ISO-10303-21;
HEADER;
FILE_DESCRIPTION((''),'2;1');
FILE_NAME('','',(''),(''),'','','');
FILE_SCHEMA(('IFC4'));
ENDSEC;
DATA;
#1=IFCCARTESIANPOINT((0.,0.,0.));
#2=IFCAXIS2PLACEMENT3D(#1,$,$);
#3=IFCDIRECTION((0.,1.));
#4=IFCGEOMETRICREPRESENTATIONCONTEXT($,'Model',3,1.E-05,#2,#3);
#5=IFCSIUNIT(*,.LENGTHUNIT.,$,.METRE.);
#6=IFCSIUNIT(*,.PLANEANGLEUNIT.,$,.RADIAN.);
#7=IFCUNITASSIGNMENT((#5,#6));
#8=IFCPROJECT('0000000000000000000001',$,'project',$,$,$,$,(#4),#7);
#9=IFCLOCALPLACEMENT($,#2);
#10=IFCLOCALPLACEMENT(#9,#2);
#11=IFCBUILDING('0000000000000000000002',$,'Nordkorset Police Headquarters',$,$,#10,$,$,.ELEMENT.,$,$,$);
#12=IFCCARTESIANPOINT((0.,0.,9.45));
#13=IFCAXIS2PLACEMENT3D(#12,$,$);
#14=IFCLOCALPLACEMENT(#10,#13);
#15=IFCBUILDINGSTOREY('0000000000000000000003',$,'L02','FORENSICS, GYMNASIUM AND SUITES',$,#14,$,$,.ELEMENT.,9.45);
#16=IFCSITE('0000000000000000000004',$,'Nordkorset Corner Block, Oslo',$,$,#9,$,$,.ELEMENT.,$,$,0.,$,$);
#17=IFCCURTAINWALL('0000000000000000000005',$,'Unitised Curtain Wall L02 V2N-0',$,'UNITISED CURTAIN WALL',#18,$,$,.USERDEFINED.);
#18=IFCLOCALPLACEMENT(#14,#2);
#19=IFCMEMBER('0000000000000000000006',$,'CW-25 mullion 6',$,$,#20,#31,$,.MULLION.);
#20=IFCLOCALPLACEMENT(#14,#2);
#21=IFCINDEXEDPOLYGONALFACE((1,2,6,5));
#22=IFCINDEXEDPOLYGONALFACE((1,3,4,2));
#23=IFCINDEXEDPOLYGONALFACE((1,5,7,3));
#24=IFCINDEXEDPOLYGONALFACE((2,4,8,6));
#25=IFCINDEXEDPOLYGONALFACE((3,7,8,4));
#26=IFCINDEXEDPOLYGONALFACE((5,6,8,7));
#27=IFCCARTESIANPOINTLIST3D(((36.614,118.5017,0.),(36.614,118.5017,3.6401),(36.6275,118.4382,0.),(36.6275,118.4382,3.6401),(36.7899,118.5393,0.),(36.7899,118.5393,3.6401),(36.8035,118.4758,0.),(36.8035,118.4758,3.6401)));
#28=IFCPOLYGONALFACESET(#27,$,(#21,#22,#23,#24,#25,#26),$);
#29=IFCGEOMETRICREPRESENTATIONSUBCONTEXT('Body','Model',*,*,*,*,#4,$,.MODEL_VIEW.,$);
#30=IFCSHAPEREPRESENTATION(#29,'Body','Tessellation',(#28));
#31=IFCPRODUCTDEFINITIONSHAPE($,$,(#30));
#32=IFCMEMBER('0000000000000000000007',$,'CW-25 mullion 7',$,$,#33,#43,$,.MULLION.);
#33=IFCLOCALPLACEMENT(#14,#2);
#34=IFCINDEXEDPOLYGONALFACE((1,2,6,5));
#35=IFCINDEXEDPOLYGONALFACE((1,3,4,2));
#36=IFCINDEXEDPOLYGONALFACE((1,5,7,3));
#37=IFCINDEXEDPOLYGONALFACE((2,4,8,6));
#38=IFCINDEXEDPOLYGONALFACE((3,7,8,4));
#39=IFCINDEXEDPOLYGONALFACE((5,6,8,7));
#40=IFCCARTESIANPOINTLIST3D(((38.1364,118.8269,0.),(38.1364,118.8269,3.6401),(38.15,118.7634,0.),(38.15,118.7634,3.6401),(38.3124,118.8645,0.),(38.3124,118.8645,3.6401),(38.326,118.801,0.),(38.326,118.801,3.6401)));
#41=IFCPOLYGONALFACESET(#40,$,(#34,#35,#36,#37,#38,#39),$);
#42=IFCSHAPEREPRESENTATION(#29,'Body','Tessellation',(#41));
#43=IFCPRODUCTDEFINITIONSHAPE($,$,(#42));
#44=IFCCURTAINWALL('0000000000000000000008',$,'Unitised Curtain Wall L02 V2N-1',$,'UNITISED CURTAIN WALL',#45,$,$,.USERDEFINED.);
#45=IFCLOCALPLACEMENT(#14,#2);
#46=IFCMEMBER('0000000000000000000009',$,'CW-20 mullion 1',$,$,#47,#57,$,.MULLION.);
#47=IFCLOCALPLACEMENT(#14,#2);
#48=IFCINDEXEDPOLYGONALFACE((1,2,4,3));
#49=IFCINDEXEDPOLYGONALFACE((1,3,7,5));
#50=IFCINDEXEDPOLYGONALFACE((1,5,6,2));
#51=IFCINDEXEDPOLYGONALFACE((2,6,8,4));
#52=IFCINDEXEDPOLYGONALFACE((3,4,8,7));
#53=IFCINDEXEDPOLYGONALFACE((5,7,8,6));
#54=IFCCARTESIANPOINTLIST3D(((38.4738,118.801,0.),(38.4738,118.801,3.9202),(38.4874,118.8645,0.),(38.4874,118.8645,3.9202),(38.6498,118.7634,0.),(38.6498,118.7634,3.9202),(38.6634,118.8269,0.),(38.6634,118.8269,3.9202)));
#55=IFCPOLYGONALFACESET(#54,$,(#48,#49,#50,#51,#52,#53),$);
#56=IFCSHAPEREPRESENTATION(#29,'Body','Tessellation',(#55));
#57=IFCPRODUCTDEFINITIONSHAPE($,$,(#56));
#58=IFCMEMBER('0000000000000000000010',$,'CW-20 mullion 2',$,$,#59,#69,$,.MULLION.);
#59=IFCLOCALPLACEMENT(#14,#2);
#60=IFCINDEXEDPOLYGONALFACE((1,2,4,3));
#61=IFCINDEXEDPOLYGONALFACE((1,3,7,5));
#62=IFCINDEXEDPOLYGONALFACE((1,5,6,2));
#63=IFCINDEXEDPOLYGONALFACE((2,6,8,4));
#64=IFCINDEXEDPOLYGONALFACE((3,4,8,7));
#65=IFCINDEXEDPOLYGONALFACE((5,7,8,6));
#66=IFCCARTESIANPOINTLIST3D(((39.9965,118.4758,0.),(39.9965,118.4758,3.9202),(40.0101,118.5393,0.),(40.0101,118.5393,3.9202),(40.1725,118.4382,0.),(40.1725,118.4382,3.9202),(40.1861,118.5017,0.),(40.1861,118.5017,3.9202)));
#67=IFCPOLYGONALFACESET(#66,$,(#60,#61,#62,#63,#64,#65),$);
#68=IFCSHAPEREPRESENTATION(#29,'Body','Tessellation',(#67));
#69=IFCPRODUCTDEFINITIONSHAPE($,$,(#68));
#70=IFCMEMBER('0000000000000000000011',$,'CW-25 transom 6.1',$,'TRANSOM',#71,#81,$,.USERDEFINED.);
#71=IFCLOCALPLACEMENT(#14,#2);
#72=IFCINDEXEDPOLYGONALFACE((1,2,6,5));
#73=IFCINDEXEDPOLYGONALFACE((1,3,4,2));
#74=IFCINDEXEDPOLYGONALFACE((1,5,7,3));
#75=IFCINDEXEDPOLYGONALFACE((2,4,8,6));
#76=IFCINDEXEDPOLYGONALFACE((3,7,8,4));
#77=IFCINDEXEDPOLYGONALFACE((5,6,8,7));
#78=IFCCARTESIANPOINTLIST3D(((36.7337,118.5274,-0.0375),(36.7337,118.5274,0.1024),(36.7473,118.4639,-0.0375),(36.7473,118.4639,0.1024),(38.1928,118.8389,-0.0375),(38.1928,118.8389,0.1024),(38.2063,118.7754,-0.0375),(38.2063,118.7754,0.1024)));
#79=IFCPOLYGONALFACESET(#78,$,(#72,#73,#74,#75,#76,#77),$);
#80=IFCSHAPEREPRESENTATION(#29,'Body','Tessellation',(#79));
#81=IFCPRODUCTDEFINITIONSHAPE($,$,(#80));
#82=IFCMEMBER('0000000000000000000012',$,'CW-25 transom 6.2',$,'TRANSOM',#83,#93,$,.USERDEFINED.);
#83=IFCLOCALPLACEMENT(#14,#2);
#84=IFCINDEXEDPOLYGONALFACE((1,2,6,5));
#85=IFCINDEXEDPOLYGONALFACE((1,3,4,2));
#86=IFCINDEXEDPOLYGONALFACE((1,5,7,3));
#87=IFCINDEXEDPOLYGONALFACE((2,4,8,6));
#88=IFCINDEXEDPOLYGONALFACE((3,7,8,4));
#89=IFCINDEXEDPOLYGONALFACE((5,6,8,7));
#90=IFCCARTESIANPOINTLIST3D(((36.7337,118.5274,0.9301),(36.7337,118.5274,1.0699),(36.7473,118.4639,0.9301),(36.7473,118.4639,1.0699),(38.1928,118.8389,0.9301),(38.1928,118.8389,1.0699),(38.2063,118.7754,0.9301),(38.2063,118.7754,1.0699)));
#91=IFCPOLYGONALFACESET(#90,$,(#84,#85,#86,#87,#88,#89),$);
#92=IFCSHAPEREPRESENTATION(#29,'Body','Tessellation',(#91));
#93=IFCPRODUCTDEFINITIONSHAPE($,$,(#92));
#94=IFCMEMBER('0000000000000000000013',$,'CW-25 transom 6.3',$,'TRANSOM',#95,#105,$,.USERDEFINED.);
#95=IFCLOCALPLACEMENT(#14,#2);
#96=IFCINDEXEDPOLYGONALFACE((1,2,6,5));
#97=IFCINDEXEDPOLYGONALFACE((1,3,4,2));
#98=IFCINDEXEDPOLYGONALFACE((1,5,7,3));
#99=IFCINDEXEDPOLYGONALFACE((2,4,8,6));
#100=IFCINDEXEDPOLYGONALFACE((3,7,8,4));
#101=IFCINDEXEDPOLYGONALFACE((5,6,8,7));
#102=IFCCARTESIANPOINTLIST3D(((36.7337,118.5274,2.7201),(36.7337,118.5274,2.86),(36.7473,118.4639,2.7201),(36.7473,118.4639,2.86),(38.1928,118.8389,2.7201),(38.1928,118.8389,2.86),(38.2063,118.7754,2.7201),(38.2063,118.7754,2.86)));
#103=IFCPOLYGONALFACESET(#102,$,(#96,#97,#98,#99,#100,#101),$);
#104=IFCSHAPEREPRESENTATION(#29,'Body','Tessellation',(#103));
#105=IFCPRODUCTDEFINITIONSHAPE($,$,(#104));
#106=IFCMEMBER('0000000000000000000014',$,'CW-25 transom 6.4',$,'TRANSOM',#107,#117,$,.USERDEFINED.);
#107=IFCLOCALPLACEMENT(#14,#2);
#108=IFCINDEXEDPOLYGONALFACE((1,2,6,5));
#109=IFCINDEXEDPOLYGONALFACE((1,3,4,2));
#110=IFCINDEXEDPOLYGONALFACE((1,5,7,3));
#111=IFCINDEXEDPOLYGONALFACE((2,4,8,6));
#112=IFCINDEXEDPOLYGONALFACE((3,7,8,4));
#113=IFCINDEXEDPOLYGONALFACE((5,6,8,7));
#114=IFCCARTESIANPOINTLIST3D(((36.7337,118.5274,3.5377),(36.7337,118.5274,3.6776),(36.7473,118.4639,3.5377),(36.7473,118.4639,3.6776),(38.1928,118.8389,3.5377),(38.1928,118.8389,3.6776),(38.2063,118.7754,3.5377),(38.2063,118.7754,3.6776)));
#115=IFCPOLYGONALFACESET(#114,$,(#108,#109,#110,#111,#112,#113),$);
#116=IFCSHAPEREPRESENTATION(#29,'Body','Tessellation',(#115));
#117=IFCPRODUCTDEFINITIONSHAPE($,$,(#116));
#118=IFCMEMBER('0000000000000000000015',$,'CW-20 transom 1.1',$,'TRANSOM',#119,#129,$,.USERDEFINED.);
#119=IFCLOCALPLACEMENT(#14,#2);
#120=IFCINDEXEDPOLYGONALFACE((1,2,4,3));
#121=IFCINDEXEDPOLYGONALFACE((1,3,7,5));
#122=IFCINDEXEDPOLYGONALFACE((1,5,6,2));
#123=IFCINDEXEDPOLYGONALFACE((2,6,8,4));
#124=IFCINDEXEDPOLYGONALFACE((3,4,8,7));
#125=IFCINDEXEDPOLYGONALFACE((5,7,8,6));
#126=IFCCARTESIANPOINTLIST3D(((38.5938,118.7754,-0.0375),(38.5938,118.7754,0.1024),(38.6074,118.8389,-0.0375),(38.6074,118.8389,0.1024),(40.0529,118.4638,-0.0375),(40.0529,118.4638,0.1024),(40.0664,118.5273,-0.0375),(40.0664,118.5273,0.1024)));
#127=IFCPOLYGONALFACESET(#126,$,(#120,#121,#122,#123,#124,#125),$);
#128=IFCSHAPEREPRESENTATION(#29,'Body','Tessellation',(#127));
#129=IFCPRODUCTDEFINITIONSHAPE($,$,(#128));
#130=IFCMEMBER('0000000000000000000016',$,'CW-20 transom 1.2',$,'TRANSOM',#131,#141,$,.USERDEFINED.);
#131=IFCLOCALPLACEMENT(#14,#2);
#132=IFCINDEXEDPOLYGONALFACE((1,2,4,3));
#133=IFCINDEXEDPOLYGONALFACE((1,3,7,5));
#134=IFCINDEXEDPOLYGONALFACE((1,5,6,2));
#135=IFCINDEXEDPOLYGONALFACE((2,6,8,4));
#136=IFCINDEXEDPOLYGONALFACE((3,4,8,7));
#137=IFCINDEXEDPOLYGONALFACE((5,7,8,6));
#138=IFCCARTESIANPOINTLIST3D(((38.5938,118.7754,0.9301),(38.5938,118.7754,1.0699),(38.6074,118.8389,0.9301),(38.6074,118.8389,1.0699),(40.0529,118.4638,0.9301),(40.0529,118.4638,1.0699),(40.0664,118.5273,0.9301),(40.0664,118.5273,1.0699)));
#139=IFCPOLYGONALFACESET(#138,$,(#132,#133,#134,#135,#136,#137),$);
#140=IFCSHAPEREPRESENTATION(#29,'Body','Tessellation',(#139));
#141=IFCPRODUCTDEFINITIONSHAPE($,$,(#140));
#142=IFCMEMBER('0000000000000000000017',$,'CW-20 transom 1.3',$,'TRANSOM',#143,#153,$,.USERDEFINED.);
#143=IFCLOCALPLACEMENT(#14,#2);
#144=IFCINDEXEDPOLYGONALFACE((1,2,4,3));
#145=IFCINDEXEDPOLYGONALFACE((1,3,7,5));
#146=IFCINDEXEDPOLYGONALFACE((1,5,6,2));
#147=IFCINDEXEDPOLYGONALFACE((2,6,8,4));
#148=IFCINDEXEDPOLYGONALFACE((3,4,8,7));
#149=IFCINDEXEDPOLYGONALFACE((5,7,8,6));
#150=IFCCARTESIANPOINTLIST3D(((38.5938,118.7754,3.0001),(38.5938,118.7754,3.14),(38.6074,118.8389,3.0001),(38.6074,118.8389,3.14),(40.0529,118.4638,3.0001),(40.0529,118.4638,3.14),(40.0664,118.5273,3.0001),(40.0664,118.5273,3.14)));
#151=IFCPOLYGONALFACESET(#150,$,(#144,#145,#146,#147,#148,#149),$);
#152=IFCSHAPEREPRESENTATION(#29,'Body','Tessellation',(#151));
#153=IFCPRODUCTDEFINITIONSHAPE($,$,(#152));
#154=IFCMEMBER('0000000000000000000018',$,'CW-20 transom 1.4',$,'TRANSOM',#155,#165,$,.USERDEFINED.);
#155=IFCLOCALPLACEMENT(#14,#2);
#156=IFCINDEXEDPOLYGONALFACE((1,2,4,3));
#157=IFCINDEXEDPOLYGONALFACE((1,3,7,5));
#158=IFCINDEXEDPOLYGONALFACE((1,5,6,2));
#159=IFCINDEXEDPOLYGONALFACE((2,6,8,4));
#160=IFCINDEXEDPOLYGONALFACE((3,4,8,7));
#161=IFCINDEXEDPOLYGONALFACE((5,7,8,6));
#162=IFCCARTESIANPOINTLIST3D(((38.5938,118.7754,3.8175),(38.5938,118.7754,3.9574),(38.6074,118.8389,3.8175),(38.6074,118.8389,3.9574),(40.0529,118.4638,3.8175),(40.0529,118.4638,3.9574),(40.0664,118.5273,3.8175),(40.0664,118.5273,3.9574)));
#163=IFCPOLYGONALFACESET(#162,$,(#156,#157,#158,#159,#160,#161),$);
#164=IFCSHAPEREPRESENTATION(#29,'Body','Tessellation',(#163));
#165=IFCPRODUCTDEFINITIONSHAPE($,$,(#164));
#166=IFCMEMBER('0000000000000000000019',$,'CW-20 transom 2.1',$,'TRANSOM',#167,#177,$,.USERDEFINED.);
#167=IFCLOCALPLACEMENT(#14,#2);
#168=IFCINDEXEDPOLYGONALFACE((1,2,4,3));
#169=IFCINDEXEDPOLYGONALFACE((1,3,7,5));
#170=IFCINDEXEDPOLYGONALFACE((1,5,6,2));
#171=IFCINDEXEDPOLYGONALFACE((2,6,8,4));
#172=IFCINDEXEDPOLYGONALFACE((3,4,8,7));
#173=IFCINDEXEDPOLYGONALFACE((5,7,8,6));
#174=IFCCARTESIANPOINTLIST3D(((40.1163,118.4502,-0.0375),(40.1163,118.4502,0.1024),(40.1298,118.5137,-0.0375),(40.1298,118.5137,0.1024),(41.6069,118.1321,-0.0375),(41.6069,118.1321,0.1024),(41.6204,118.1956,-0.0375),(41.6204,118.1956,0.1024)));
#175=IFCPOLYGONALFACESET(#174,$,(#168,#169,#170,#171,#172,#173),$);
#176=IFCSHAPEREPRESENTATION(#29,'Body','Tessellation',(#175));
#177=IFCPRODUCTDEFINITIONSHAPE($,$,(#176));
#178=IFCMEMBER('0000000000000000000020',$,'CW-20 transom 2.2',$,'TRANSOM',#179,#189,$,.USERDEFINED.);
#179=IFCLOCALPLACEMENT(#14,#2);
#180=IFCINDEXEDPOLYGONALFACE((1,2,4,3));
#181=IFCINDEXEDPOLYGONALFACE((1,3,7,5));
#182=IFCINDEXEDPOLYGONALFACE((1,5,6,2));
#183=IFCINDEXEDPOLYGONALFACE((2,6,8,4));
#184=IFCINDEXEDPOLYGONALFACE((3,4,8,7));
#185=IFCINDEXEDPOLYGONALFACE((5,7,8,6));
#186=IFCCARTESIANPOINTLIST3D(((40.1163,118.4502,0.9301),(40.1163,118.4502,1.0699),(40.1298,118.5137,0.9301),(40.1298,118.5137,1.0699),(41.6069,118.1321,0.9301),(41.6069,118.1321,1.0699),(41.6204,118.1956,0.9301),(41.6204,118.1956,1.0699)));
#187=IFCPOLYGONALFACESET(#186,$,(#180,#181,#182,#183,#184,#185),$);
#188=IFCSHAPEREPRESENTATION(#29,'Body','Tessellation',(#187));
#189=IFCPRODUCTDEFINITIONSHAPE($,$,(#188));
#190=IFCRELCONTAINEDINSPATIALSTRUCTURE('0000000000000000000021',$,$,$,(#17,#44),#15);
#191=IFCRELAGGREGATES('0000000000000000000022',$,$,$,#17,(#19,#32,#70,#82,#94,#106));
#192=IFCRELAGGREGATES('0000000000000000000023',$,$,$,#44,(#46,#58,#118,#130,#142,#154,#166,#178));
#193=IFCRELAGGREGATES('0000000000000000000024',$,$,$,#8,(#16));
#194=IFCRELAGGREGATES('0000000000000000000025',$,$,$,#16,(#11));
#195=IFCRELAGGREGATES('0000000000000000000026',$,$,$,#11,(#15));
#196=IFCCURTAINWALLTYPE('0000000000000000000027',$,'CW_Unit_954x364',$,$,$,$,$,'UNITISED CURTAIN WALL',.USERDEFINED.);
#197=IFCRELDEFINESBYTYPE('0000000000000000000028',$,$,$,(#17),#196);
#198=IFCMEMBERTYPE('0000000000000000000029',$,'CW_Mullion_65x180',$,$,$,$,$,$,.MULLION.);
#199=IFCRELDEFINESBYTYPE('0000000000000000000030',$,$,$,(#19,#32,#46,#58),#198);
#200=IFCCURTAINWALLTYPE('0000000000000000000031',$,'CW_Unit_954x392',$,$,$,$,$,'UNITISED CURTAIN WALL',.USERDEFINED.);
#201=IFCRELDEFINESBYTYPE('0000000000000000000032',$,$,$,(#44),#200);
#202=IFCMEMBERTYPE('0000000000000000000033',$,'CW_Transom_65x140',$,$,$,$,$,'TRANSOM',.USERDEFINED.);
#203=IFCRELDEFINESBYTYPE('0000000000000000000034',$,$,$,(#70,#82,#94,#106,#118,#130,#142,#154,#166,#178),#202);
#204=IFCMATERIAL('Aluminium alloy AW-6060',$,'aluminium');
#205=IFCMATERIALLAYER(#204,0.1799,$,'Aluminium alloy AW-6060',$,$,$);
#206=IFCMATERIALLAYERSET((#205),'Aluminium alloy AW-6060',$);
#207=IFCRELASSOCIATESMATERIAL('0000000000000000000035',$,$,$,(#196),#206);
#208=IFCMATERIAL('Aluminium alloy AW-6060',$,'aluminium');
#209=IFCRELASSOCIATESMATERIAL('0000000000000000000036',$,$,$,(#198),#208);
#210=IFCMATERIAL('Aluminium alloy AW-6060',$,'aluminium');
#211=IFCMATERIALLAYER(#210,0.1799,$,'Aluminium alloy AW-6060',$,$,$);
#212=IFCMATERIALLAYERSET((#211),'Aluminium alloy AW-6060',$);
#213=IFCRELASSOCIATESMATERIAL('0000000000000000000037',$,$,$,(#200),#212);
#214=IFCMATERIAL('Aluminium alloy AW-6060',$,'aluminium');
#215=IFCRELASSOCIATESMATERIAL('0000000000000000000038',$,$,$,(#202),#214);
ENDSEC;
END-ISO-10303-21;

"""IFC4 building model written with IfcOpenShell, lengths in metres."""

from ifc_helpers import new_model, si_unit, direction, frame, origin, origin_2d, place, context, subcontext, project, spatial, rectangle, extrude, material, layer, layer_set, material_profile, profile_set, type_object, element, aggregate, save


model = new_model("IFC4")

# Units and contexts
model_context = context("Model", 3, precision=1e-05, world=origin(), true_north=direction((0.0, 1.0)))
body_context = subcontext(model_context, "Body", "Model", "MODEL_VIEW")
ifc_project = project(units=[si_unit("LENGTHUNIT", "METRE"), si_unit("PLANEANGLEUNIT", "RADIAN")], contexts=[model_context])

# Site, building, storey
site_placement = place(None, origin())
site = spatial("IfcSite", under=ifc_project, at=site_placement, Name="Nordkorset Corner Block, Oslo", CompositionType="ELEMENT", RefElevation=0.0)
building_placement = place(site_placement, origin())
building = spatial("IfcBuilding", under=site, at=building_placement, Name="Nordkorset Police Headquarters", CompositionType="ELEMENT")
storey_placement = place(building_placement, frame((0.0, 0.0, 9.45)))
storey = spatial("IfcBuildingStorey", under=building, at=storey_placement, Name="L02", Description="FORENSICS, GYMNASIUM AND SUITES", CompositionType="ELEMENT", Elevation=9.45)

# Curtain walls, members
ifc_material_1 = material(Name="Aluminium alloy AW-6060", Category="aluminium")
ifc_layer_1 = layer(ifc_material_1, 0.1799, Name="Aluminium alloy AW-6060")
ifc_layer_set_1 = layer_set([ifc_layer_1], Name="Aluminium alloy AW-6060")
curtain_wall_type_1 = type_object("IfcCurtainWallType", Name="CW_Unit_954x364", ElementType="UNITISED CURTAIN WALL", PredefinedType="USERDEFINED", material=ifc_layer_set_1)
curtain_wall_1_placement = place(storey_placement, origin())
curtain_wall_1 = element("IfcCurtainWall", 1, at=curtain_wall_1_placement, inside=storey, type_object=curtain_wall_type_1, Name="Unitised Curtain Wall L02 V2N-0", ObjectType="UNITISED CURTAIN WALL", PredefinedType="USERDEFINED")
ifc_material_2 = material(Name="Aluminium alloy AW-6060", Category="aluminium")
ifc_material_profile_1 = material_profile(ifc_material_2, rectangle(XDim=0.0649, YDim=0.1799, at=origin_2d()), Name="ALU MULL 65x180")
ifc_profile_set_1 = profile_set([ifc_material_profile_1], Name="Aluminium alloy AW-6060")
member_type_1 = type_object("IfcMemberType", Name="CW_Mullion_65x180", PredefinedType="MULLION", material=ifc_profile_set_1)
member_1_placement = place(storey_placement, frame((36.7087, 118.4888, 0.0), z_axis=(0.0, 0.0, 1.0), x_axis=(-0.208833, 0.977951, 0.0)))
member_1 = element("IfcMember", 2, at=member_1_placement, type_object=member_type_1, Name="CW-25 mullion 6", PredefinedType="MULLION", context=body_context, shape_type="SweptSolid", body=[
    extrude(rectangle(XDim=0.0649, YDim=0.1799, at=origin_2d()), origin(), (0.0, 0.0, 1.0), 3.6401),
])
member_2_placement = place(storey_placement, frame((38.2312, 118.814, 0.0), z_axis=(0.0, 0.0, 1.0), x_axis=(-0.208833, 0.977951, 0.0)))
member_2 = element("IfcMember", 3, at=member_2_placement, type_object=member_type_1, Name="CW-25 mullion 7", PredefinedType="MULLION", context=body_context, shape_type="SweptSolid", body=[
    extrude(rectangle(XDim=0.0649, YDim=0.1799, at=origin_2d()), origin(), (0.0, 0.0, 1.0), 3.6401),
])
ifc_material_3 = material(Name="Aluminium alloy AW-6060", Category="aluminium")
ifc_layer_2 = layer(ifc_material_3, 0.1799, Name="Aluminium alloy AW-6060")
ifc_layer_set_2 = layer_set([ifc_layer_2], Name="Aluminium alloy AW-6060")
curtain_wall_type_2 = type_object("IfcCurtainWallType", Name="CW_Unit_954x392", ElementType="UNITISED CURTAIN WALL", PredefinedType="USERDEFINED", material=ifc_layer_set_2)
curtain_wall_2_placement = place(storey_placement, origin())
curtain_wall_2 = element("IfcCurtainWall", 4, at=curtain_wall_2_placement, inside=storey, type_object=curtain_wall_type_2, Name="Unitised Curtain Wall L02 V2N-1", ObjectType="UNITISED CURTAIN WALL", PredefinedType="USERDEFINED")
member_3_placement = place(storey_placement, frame((38.5686, 118.814, 0.0), z_axis=(0.0, 0.0, 1.0), x_axis=(0.208833, 0.977951, 0.0)))
member_3 = element("IfcMember", 5, at=member_3_placement, type_object=member_type_1, Name="CW-20 mullion 1", PredefinedType="MULLION", context=body_context, shape_type="SweptSolid", body=[
    extrude(rectangle(XDim=0.0649, YDim=0.1799, at=origin_2d()), origin(), (0.0, 0.0, 1.0), 3.9202),
])
member_4_placement = place(storey_placement, frame((40.0913, 118.4888, 0.0), z_axis=(0.0, 0.0, 1.0), x_axis=(0.208833, 0.977951, 0.0)))
member_4 = element("IfcMember", 6, at=member_4_placement, type_object=member_type_1, Name="CW-20 mullion 2", PredefinedType="MULLION", context=body_context, shape_type="SweptSolid", body=[
    extrude(rectangle(XDim=0.0649, YDim=0.1799, at=origin_2d()), origin(), (0.0, 0.0, 1.0), 3.9202),
])

# Members
ifc_material_4 = material(Name="Aluminium alloy AW-6060", Category="aluminium")
ifc_material_profile_2 = material_profile(ifc_material_4, rectangle(XDim=0.0649, YDim=0.1399, at=origin_2d()), Name="ALU TRAN 65x140")
ifc_profile_set_2 = profile_set([ifc_material_profile_2], Name="Aluminium alloy AW-6060")
member_type_2 = type_object("IfcMemberType", Name="CW_Transom_65x140", ElementType="TRANSOM", PredefinedType="USERDEFINED", material=ifc_profile_set_2)
member_5_placement = place(storey_placement, frame((36.7405, 118.4956, 0.0325), z_axis=(0.977955, 0.208814, 0.0), x_axis=(-0.208814, 0.977955, 0.0)))
member_5 = element("IfcMember", 7, at=member_5_placement, type_object=member_type_2, Name="CW-25 transom 6.1", ObjectType="TRANSOM", PredefinedType="USERDEFINED", context=body_context, shape_type="SweptSolid", body=[
    extrude(rectangle(XDim=0.0649, YDim=0.1399, at=origin_2d()), origin(), (0.0, 0.0, 1.0), 1.4919),
])
member_6_placement = place(storey_placement, frame((36.7405, 118.4956, 1.0), z_axis=(0.977955, 0.208814, 0.0), x_axis=(-0.208814, 0.977955, 0.0)))
member_6 = element("IfcMember", 8, at=member_6_placement, type_object=member_type_2, Name="CW-25 transom 6.2", ObjectType="TRANSOM", PredefinedType="USERDEFINED", context=body_context, shape_type="SweptSolid", body=[
    extrude(rectangle(XDim=0.0649, YDim=0.1399, at=origin_2d()), origin(), (0.0, 0.0, 1.0), 1.4919),
])
member_7_placement = place(storey_placement, frame((36.7405, 118.4956, 2.79), z_axis=(0.977955, 0.208814, 0.0), x_axis=(-0.208814, 0.977955, 0.0)))
member_7 = element("IfcMember", 9, at=member_7_placement, type_object=member_type_2, Name="CW-25 transom 6.3", ObjectType="TRANSOM", PredefinedType="USERDEFINED", context=body_context, shape_type="SweptSolid", body=[
    extrude(rectangle(XDim=0.0649, YDim=0.1399, at=origin_2d()), origin(), (0.0, 0.0, 1.0), 1.4919),
])
member_8_placement = place(storey_placement, frame((36.7405, 118.4956, 3.6077), z_axis=(0.977955, 0.208814, 0.0), x_axis=(-0.208814, 0.977955, 0.0)))
member_8 = element("IfcMember", 10, at=member_8_placement, type_object=member_type_2, Name="CW-25 transom 6.4", ObjectType="TRANSOM", PredefinedType="USERDEFINED", context=body_context, shape_type="SweptSolid", body=[
    extrude(rectangle(XDim=0.0649, YDim=0.1399, at=origin_2d()), origin(), (0.0, 0.0, 1.0), 1.4919),
])
member_9_placement = place(storey_placement, frame((38.6006, 118.8071, 0.0325), z_axis=(0.977955, -0.208814, 0.0), x_axis=(0.208814, 0.977955, 0.0)))
member_9 = element("IfcMember", 11, at=member_9_placement, type_object=member_type_2, Name="CW-20 transom 1.1", ObjectType="TRANSOM", PredefinedType="USERDEFINED", context=body_context, shape_type="SweptSolid", body=[
    extrude(rectangle(XDim=0.0649, YDim=0.1399, at=origin_2d()), origin(), (0.0, 0.0, 1.0), 1.4919),
])
member_10_placement = place(storey_placement, frame((38.6006, 118.8071, 1.0), z_axis=(0.977955, -0.208814, 0.0), x_axis=(0.208814, 0.977955, 0.0)))
member_10 = element("IfcMember", 12, at=member_10_placement, type_object=member_type_2, Name="CW-20 transom 1.2", ObjectType="TRANSOM", PredefinedType="USERDEFINED", context=body_context, shape_type="SweptSolid", body=[
    extrude(rectangle(XDim=0.0649, YDim=0.1399, at=origin_2d()), origin(), (0.0, 0.0, 1.0), 1.4919),
])
member_11_placement = place(storey_placement, frame((38.6006, 118.8071, 3.0701), z_axis=(0.977955, -0.208814, 0.0), x_axis=(0.208814, 0.977955, 0.0)))
member_11 = element("IfcMember", 13, at=member_11_placement, type_object=member_type_2, Name="CW-20 transom 1.3", ObjectType="TRANSOM", PredefinedType="USERDEFINED", context=body_context, shape_type="SweptSolid", body=[
    extrude(rectangle(XDim=0.0649, YDim=0.1399, at=origin_2d()), origin(), (0.0, 0.0, 1.0), 1.4919),
])
member_12_placement = place(storey_placement, frame((38.6006, 118.8071, 3.8875), z_axis=(0.977955, -0.208814, 0.0), x_axis=(0.208814, 0.977955, 0.0)))
member_12 = element("IfcMember", 14, at=member_12_placement, type_object=member_type_2, Name="CW-20 transom 1.4", ObjectType="TRANSOM", PredefinedType="USERDEFINED", context=body_context, shape_type="SweptSolid", body=[
    extrude(rectangle(XDim=0.0649, YDim=0.1399, at=origin_2d()), origin(), (0.0, 0.0, 1.0), 1.4919),
])
member_13_placement = place(storey_placement, frame((40.123, 118.4819, 0.0325), z_axis=(0.97798, -0.208698, 0.0), x_axis=(0.208698, 0.97798, 0.0)))
member_13 = element("IfcMember", 15, at=member_13_placement, type_object=member_type_2, Name="CW-20 transom 2.1", ObjectType="TRANSOM", PredefinedType="USERDEFINED", context=body_context, shape_type="SweptSolid", body=[
    extrude(rectangle(XDim=0.0649, YDim=0.1399, at=origin_2d()), origin(), (0.0, 0.0, 1.0), 1.5242),
])
member_14_placement = place(storey_placement, frame((40.123, 118.4819, 1.0), z_axis=(0.97798, -0.208698, 0.0), x_axis=(0.208698, 0.97798, 0.0)))
member_14 = element("IfcMember", 16, at=member_14_placement, type_object=member_type_2, Name="CW-20 transom 2.2", ObjectType="TRANSOM", PredefinedType="USERDEFINED", context=body_context, shape_type="SweptSolid", body=[
    extrude(rectangle(XDim=0.0649, YDim=0.1399, at=origin_2d()), origin(), (0.0, 0.0, 1.0), 1.5242),
])

aggregate(curtain_wall_1, [member_1, member_2, member_5, member_6, member_7, member_8])
aggregate(curtain_wall_2, [member_3, member_4, member_9, member_10, member_11, member_12, member_13, member_14])

save(model, "model.ifc")
